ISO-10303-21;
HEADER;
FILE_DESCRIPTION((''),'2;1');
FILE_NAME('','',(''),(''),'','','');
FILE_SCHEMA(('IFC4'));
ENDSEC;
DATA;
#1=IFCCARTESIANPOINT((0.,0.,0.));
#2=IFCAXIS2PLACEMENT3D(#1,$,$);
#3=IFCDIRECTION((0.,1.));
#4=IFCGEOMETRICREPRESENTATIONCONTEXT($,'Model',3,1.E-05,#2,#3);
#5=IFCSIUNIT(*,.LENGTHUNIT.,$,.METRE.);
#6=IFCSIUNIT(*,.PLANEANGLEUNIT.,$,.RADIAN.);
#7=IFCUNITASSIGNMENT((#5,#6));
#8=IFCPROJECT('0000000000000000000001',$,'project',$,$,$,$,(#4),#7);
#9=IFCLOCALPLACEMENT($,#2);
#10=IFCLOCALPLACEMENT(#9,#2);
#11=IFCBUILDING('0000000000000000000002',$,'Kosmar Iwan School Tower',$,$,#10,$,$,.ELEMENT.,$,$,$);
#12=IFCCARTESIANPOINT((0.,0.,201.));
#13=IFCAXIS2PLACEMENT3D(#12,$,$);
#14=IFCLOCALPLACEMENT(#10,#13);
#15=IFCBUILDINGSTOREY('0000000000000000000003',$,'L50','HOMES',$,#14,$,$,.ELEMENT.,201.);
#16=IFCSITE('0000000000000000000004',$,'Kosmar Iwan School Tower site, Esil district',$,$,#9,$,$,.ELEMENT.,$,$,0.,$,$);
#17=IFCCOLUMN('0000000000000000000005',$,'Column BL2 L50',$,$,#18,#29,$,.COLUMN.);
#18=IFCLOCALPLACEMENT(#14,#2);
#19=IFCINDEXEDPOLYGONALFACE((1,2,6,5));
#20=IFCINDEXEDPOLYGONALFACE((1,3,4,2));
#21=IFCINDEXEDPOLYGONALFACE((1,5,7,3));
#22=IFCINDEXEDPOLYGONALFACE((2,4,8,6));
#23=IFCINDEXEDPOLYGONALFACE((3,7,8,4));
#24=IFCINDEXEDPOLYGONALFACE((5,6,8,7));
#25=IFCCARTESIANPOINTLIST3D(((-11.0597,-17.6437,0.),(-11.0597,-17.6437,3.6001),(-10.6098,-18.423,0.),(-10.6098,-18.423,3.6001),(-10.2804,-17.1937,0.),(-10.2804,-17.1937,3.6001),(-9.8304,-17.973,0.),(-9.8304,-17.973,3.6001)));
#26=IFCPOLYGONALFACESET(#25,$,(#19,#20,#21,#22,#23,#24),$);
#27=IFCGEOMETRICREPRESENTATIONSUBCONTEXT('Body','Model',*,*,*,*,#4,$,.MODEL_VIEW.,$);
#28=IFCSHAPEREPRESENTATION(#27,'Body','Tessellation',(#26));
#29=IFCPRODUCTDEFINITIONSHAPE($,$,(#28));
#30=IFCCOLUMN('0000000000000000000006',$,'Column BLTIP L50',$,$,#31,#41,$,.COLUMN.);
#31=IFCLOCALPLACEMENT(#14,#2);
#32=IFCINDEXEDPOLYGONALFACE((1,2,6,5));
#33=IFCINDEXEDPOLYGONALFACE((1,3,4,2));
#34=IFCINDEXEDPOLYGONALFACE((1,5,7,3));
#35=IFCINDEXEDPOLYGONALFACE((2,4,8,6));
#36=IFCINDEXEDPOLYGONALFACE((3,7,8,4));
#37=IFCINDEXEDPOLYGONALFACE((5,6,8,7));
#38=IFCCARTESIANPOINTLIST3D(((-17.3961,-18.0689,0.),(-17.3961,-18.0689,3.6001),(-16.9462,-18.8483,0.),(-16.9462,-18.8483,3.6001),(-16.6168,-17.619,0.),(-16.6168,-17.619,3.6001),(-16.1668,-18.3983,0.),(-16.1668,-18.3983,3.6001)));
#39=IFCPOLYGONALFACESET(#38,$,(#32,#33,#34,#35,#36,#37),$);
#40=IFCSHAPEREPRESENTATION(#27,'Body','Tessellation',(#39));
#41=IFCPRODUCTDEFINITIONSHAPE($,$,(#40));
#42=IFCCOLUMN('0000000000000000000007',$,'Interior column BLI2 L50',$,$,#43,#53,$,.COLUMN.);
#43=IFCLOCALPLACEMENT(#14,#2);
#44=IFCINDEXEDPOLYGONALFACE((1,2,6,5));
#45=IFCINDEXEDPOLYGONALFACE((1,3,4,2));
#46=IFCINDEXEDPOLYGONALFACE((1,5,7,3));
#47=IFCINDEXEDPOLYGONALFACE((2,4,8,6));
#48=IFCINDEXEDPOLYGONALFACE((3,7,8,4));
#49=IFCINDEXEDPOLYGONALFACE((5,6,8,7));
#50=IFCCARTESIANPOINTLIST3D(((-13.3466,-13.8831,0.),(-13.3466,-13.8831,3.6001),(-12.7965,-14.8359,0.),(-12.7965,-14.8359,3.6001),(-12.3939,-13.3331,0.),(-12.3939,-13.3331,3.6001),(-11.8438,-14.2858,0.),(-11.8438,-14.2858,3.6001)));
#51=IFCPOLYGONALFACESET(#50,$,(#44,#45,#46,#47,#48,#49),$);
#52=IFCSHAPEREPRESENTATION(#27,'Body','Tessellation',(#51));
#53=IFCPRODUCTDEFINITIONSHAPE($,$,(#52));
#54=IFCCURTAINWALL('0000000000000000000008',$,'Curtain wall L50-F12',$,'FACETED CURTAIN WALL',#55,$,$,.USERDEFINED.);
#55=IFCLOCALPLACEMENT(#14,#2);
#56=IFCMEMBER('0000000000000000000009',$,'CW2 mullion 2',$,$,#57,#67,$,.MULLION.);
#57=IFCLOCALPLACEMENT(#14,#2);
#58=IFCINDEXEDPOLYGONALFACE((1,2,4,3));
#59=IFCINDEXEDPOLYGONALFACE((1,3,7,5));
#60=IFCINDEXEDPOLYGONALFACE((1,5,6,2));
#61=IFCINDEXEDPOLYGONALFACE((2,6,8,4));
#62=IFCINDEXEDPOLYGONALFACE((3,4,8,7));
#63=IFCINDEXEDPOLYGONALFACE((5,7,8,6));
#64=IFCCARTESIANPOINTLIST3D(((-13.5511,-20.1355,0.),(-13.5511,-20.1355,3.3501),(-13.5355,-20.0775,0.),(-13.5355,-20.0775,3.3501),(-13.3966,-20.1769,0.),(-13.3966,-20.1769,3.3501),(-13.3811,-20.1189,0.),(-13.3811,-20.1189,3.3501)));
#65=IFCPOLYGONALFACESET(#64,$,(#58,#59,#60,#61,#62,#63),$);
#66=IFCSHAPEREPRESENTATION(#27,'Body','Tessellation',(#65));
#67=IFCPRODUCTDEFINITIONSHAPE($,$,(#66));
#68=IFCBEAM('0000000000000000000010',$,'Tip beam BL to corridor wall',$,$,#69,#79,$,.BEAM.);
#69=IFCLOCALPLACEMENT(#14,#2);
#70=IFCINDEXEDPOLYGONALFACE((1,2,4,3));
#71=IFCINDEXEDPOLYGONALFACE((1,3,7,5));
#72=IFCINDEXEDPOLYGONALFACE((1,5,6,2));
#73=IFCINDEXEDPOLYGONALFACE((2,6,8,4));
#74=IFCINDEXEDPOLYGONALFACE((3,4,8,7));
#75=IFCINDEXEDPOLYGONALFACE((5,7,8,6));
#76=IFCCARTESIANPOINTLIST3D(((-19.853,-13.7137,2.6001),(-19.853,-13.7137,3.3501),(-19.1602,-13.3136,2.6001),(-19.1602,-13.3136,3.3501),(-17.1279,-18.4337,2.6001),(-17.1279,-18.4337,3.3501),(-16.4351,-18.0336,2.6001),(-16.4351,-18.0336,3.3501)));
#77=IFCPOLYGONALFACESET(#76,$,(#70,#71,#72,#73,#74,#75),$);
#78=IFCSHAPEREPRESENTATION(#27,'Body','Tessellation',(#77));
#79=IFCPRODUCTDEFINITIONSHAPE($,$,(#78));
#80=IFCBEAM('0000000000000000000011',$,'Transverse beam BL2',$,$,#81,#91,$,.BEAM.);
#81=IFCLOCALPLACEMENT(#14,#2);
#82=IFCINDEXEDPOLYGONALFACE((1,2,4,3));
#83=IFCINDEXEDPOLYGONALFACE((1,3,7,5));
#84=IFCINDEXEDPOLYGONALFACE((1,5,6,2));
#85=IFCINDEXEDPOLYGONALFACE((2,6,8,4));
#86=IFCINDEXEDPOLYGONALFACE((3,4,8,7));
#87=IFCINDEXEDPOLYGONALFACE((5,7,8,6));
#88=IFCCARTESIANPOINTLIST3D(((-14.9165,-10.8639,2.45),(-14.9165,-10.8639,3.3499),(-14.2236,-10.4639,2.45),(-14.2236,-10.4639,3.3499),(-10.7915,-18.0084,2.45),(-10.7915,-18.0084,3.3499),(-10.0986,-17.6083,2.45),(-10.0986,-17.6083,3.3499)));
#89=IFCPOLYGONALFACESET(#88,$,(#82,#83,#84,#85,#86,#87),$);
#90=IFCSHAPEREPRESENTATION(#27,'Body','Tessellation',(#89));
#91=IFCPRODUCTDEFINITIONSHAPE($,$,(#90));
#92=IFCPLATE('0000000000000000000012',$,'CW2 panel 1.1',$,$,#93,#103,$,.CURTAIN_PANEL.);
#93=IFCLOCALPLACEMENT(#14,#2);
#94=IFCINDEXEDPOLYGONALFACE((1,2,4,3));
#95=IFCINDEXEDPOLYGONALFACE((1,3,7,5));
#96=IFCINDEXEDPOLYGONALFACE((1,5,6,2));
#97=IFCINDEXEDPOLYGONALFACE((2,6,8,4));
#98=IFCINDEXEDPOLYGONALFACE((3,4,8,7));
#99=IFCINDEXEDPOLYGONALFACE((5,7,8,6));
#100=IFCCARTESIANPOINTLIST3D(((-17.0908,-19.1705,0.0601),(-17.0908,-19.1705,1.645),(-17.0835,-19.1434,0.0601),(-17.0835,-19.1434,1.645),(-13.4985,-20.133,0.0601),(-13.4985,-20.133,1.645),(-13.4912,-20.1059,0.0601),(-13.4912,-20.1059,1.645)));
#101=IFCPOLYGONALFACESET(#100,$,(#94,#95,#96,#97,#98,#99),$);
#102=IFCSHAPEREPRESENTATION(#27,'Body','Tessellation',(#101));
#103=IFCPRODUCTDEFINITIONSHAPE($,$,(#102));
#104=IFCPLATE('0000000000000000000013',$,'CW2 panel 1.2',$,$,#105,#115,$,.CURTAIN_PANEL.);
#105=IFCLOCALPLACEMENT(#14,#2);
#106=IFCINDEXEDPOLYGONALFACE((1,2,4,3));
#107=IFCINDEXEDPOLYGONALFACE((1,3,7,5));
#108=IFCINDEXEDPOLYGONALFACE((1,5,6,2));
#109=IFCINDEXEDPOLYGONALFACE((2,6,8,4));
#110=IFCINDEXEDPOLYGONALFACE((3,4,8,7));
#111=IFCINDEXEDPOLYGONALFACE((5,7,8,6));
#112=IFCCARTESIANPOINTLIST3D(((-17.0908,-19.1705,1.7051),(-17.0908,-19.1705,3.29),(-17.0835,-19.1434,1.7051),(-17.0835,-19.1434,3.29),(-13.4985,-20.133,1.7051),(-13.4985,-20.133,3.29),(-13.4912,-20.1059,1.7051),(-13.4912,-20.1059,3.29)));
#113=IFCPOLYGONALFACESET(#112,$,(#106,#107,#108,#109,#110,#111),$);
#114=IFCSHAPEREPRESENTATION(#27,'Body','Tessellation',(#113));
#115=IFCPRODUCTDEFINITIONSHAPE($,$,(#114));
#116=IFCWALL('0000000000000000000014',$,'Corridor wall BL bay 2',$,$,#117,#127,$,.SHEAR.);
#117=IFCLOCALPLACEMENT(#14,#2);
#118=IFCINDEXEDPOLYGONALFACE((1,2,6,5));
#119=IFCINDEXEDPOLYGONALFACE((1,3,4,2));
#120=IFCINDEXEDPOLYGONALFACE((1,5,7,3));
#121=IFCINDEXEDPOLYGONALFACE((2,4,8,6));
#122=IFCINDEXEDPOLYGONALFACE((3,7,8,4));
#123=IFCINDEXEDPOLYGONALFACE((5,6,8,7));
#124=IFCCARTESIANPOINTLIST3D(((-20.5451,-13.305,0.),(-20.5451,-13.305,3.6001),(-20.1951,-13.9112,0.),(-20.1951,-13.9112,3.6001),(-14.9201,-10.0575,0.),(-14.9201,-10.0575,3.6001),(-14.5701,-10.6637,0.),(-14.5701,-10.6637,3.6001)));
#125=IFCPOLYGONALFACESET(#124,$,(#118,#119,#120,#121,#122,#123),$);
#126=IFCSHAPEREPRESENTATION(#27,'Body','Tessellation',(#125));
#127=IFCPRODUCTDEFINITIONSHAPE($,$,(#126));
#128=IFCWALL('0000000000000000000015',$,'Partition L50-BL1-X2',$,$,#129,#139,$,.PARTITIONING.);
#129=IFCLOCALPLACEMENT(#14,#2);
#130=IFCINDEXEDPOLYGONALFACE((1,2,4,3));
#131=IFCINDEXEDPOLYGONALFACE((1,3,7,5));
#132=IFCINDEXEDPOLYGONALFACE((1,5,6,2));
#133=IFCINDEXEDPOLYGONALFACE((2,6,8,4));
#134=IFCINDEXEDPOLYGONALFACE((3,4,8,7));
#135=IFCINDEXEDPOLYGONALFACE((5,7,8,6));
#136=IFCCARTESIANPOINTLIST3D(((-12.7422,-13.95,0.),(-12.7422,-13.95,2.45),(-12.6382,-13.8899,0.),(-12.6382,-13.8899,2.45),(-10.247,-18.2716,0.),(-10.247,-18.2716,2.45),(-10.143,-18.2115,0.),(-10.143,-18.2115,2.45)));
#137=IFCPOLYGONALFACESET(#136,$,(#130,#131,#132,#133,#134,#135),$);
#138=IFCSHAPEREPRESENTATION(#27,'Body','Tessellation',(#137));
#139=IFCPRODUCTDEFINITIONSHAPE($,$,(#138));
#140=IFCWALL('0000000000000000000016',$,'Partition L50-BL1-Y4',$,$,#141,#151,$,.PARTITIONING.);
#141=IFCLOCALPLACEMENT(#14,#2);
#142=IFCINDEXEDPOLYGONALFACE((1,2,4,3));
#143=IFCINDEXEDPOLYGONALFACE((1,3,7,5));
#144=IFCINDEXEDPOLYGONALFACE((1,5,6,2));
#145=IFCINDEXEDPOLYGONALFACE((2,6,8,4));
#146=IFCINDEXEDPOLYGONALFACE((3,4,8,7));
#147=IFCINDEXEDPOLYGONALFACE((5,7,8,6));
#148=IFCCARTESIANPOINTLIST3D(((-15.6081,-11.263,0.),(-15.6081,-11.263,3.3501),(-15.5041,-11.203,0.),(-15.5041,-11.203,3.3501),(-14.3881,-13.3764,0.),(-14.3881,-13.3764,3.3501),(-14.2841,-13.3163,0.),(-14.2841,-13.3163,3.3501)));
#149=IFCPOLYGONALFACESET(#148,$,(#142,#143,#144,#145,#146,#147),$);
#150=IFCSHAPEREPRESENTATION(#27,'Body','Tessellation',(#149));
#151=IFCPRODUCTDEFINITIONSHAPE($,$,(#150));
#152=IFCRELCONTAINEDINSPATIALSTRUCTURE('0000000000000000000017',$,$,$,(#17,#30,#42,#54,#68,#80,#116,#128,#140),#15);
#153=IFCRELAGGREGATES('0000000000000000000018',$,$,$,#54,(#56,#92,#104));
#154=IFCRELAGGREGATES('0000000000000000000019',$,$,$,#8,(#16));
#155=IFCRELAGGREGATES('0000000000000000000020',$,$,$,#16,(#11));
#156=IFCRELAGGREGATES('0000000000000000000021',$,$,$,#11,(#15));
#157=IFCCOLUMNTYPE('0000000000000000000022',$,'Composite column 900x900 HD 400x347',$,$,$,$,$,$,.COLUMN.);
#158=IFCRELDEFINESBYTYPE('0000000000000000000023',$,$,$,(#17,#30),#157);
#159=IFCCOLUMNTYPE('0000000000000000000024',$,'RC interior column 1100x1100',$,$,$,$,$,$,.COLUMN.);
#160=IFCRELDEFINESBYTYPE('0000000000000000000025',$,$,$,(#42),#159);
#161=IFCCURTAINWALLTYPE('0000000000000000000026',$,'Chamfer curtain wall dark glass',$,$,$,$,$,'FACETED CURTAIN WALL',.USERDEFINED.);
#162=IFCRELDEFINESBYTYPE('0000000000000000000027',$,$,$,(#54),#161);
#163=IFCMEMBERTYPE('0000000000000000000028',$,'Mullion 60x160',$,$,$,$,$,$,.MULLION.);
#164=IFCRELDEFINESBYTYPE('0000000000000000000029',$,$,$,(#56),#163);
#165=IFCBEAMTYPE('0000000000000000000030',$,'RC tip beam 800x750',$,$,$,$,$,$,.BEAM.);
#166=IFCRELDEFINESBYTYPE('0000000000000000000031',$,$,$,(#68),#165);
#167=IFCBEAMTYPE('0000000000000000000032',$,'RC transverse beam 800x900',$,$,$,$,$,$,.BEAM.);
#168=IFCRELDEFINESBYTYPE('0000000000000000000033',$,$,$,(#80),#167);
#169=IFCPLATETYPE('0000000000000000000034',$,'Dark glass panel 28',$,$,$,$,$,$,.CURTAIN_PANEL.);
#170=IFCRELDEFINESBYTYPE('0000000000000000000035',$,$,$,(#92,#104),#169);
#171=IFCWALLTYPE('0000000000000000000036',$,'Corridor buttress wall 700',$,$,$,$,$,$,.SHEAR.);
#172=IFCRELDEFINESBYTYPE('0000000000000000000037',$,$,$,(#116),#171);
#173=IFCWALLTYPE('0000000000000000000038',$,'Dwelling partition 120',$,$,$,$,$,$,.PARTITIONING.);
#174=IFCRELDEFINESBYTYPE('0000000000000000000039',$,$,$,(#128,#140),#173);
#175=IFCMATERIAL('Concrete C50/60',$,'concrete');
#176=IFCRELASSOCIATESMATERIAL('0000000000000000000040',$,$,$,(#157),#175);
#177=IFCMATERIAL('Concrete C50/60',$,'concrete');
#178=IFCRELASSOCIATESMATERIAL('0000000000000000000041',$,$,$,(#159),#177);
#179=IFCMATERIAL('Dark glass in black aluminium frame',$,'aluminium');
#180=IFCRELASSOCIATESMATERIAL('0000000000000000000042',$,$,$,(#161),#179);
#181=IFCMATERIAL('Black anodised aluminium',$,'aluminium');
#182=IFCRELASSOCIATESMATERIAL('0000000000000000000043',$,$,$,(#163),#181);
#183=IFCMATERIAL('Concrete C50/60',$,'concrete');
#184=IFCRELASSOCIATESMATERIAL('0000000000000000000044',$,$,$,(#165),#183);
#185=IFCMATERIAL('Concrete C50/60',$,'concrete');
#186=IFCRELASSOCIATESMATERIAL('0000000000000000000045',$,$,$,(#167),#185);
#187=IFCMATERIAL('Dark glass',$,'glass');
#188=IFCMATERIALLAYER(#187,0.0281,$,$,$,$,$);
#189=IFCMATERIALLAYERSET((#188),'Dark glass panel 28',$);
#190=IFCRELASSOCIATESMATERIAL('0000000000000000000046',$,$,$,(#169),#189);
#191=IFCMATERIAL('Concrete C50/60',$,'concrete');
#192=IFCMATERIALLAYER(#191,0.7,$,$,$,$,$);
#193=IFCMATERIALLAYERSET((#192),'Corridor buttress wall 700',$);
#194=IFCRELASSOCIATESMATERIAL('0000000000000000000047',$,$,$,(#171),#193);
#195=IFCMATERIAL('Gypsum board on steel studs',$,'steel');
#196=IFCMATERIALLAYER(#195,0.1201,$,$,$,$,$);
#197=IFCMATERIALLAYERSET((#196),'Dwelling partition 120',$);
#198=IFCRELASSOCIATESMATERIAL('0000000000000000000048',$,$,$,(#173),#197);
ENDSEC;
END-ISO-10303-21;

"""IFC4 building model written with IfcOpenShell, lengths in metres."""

from ifc_helpers import new_model, si_unit, direction, frame, frame_2d, origin, origin_2d, place, context, subcontext, project, spatial, rectangle, extrude, material, layer, layer_set, material_profile, profile_set, type_object, element, aggregate, save


model = new_model("IFC4")

# Units and contexts
model_context = context("Model", 3, precision=1e-05, world=origin(), true_north=direction((0.0, 1.0)))
body_context = subcontext(model_context, "Body", "Model", "MODEL_VIEW")
ifc_project = project(units=[si_unit("LENGTHUNIT", "METRE"), si_unit("PLANEANGLEUNIT", "RADIAN")], contexts=[model_context])

# Site, building, storey
site_placement = place(None, origin())
site = spatial("IfcSite", under=ifc_project, at=site_placement, Name="Kosmar Iwan School Tower site, Esil district", CompositionType="ELEMENT", RefElevation=0.0)
building_placement = place(site_placement, origin())
building = spatial("IfcBuilding", under=site, at=building_placement, Name="Kosmar Iwan School Tower", CompositionType="ELEMENT")
storey_placement = place(building_placement, frame((0.0, 0.0, 201.0)))
storey = spatial("IfcBuildingStorey", under=building, at=storey_placement, Name="L50", Description="HOMES", CompositionType="ELEMENT", Elevation=201.0)

# Columns
ifc_material_1 = material(Name="Concrete C50/60", Category="concrete")
ifc_material_profile_1 = material_profile(ifc_material_1, rectangle(XDim=0.8999, YDim=0.8999, at=origin_2d()), Name="RC 900x900 + HD 400x347")
ifc_profile_set_1 = profile_set([ifc_material_profile_1], Name="Concrete C50/60")
column_type_1 = type_object("IfcColumnType", Name="Composite column 900x900 HD 400x347", PredefinedType="COLUMN", material=ifc_profile_set_1)
for number, where, z_axis, x_axis, name in (
    (1, (-10.4451, -17.8083, 0.0), (0.0, 0.0, 1.0), (-0.866025, -0.5, 0.0), "Column BL2 L50"),
    (2, (-16.7815, -18.2336, 0.0), (0.0, 0.0, 1.0), (-0.866025, -0.5, 0.0), "Column BLTIP L50"),
):
    element("IfcColumn", number, at=place(storey_placement, frame(where, z_axis=z_axis, x_axis=x_axis)), inside=storey, type_object=column_type_1, Name=name, PredefinedType="COLUMN", context=body_context, shape_type="SweptSolid", body=[
        extrude(rectangle(XDim=0.8999, YDim=0.8999, at=origin_2d()), origin(), (0.0, 0.0, 1.0), 3.6001),
    ])
ifc_material_2 = material(Name="Concrete C50/60", Category="concrete")
ifc_material_profile_2 = material_profile(ifc_material_2, rectangle(XDim=1.1001, YDim=1.1001, at=origin_2d()), Name="RC 1100x1100")
ifc_profile_set_2 = profile_set([ifc_material_profile_2], Name="Concrete C50/60")
column_type_2 = type_object("IfcColumnType", Name="RC interior column 1100x1100", PredefinedType="COLUMN", material=ifc_profile_set_2)
column_placement = place(storey_placement, frame((-12.5952, -14.0845, 0.0), z_axis=(0.0, 0.0, 1.0), x_axis=(-0.866025, -0.5, 0.0)))
element("IfcColumn", 3, at=column_placement, inside=storey, type_object=column_type_2, Name="Interior column BLI2 L50", PredefinedType="COLUMN", context=body_context, shape_type="SweptSolid", body=[
    extrude(rectangle(XDim=1.1001, YDim=1.1001, at=origin_2d()), origin(), (0.0, 0.0, 1.0), 3.6001),
])

# Curtain wall, member
ifc_material_3 = material(Name="Dark glass in black aluminium frame", Category="aluminium")
curtain_wall_type = type_object("IfcCurtainWallType", Name="Chamfer curtain wall dark glass", ElementType="FACETED CURTAIN WALL", PredefinedType="USERDEFINED", material=ifc_material_3)
curtain_wall_placement = place(storey_placement, origin())
curtain_wall = element("IfcCurtainWall", 4, at=curtain_wall_placement, inside=storey, type_object=curtain_wall_type, Name="Curtain wall L50-F12", ObjectType="FACETED CURTAIN WALL", PredefinedType="USERDEFINED")
ifc_material_4 = material(Name="Black anodised aluminium", Category="aluminium")
ifc_material_profile_3 = material_profile(ifc_material_4, rectangle(XDim=0.0601, YDim=0.1599, at=origin_2d()), Name="MULLION 60x160")
ifc_profile_set_3 = profile_set([ifc_material_profile_3], Name="Black anodised aluminium")
member_type = type_object("IfcMemberType", Name="Mullion 60x160", PredefinedType="MULLION", material=ifc_profile_set_3)
member_placement = place(storey_placement, frame((-13.4661, -20.1272, 0.0), z_axis=(0.0, 0.0, 1.0), x_axis=(0.258819, 0.965926, 0.0)))
member = element("IfcMember", 5, at=member_placement, type_object=member_type, Name="CW2 mullion 2", PredefinedType="MULLION", context=body_context, shape_type="SweptSolid", body=[
    extrude(rectangle(XDim=0.0601, YDim=0.1599, at=origin_2d()), origin(), (0.0, 0.0, 1.0), 3.3501),
])

# Beams
ifc_material_5 = material(Name="Concrete C50/60", Category="concrete")
ifc_material_profile_4 = material_profile(ifc_material_5, rectangle(XDim=0.8, YDim=0.75, at=origin_2d()), Name="RC 800x750")
ifc_profile_set_4 = profile_set([ifc_material_profile_4], Name="Concrete C50/60")
beam_type_1 = type_object("IfcBeamType", Name="RC tip beam 800x750", PredefinedType="BEAM", material=ifc_profile_set_4)
beam_1_placement = place(storey_placement, frame((-16.7815, -18.2336, 2.9751), z_axis=(-0.500003, 0.866024, 0.0), x_axis=(-0.866024, -0.500003, 0.0)))
element("IfcBeam", 6, at=beam_1_placement, inside=storey, type_object=beam_type_1, Name="Tip beam BL to corridor wall", PredefinedType="BEAM", context=body_context, shape_type="SweptSolid", body=[
    extrude(rectangle(XDim=0.8, YDim=0.75, at=origin_2d()), origin(), (0.0, 0.0, 1.0), 5.4502),
])
ifc_material_6 = material(Name="Concrete C50/60", Category="concrete")
ifc_material_profile_5 = material_profile(ifc_material_6, rectangle(XDim=0.8, YDim=0.8999, at=origin_2d()), Name="RC 800x900")
ifc_profile_set_5 = profile_set([ifc_material_profile_5], Name="Concrete C50/60")
beam_type_2 = type_object("IfcBeamType", Name="RC transverse beam 800x900", PredefinedType="BEAM", material=ifc_profile_set_5)
beam_2_placement = place(storey_placement, frame((-10.4451, -17.8083, 2.8999), z_axis=(-0.500009, 0.86602, 0.0), x_axis=(-0.86602, -0.500009, 0.0)))
element("IfcBeam", 7, at=beam_2_placement, inside=storey, type_object=beam_type_2, Name="Transverse beam BL2", PredefinedType="BEAM", context=body_context, shape_type="SweptSolid", body=[
    extrude(rectangle(XDim=0.8, YDim=0.8999, at=origin_2d()), origin(), (0.0, 0.0, 1.0), 8.2498),
])

# Plates
ifc_material_7 = material(Name="Dark glass", Category="glass")
ifc_layer_1 = layer(ifc_material_7, 0.0281)
ifc_layer_set_1 = layer_set([ifc_layer_1], Name="Dark glass panel 28")
plate_type = type_object("IfcPlateType", Name="Dark glass panel 28", PredefinedType="CURTAIN_PANEL", material=ifc_layer_set_1)
plate_1_placement = place(storey_placement, frame((-15.291, -19.6382, 0.0601), z_axis=(0.0, 0.0, 1.0), x_axis=(0.965926, -0.258819, 0.0)))
plate_1 = element("IfcPlate", 8, at=plate_1_placement, type_object=plate_type, Name="CW2 panel 1.1", PredefinedType="CURTAIN_PANEL", context=body_context, shape_type="SweptSolid", body=[
    extrude(rectangle(XDim=3.719, YDim=0.0281, at=origin_2d()), origin(), (0.0, 0.0, 1.0), 1.585),
])
plate_2_placement = place(storey_placement, frame((-15.291, -19.6382, 1.7051), z_axis=(0.0, 0.0, 1.0), x_axis=(0.965926, -0.258819, 0.0)))
plate_2 = element("IfcPlate", 9, at=plate_2_placement, type_object=plate_type, Name="CW2 panel 1.2", PredefinedType="CURTAIN_PANEL", context=body_context, shape_type="SweptSolid", body=[
    extrude(rectangle(XDim=3.719, YDim=0.0281, at=origin_2d()), origin(), (0.0, 0.0, 1.0), 1.585),
])
aggregate(curtain_wall, [member, plate_1, plate_2])

# Walls
ifc_material_8 = material(Name="Concrete C50/60", Category="concrete")
ifc_layer_2 = layer(ifc_material_8, 0.7)
ifc_layer_set_2 = layer_set([ifc_layer_2], Name="Corridor buttress wall 700")
wall_type_1 = type_object("IfcWallType", Name="Corridor buttress wall 700", PredefinedType="SHEAR", material=ifc_layer_set_2)
wall_1_placement = place(storey_placement, frame((-14.7451, -10.3606, 0.0), z_axis=(0.0, 0.0, 1.0), x_axis=(-0.866028, -0.499996, 0.0)))
element("IfcWall", 10, at=wall_1_placement, inside=storey, type_object=wall_type_1, Name="Corridor wall BL bay 2", PredefinedType="SHEAR", context=body_context, shape_type="SweptSolid", body=[
    extrude(rectangle(XDim=6.4951, YDim=0.7, at=frame_2d((3.2476, 0.0))), origin(), (0.0, 0.0, 1.0), 3.6001),
])
ifc_material_9 = material(Name="Gypsum board on steel studs", Category="steel")
ifc_layer_3 = layer(ifc_material_9, 0.1201)
ifc_layer_set_3 = layer_set([ifc_layer_3], Name="Dwelling partition 120")
wall_type_2 = type_object("IfcWallType", Name="Dwelling partition 120", PredefinedType="PARTITIONING", material=ifc_layer_set_3)
wall_2_placement = place(storey_placement, frame((-12.6902, -13.9199, 0.0), z_axis=(0.0, 0.0, 1.0), x_axis=(0.500012, -0.866019, 0.0)))
element("IfcWall", 11, at=wall_2_placement, inside=storey, type_object=wall_type_2, Name="Partition L50-BL1-X2", PredefinedType="PARTITIONING", context=body_context, shape_type="SweptSolid", body=[
    extrude(rectangle(XDim=4.9902, YDim=0.1201, at=frame_2d((2.4951, 0.0))), origin(), (0.0, 0.0, 1.0), 2.45),
])
wall_3_placement = place(storey_placement, frame((-15.5562, -11.2329, 0.0), z_axis=(0.0, 0.0, 1.0), x_axis=(0.499959, -0.866049, 0.0)))
element("IfcWall", 12, at=wall_3_placement, inside=storey, type_object=wall_type_2, Name="Partition L50-BL1-Y4", PredefinedType="PARTITIONING", context=body_context, shape_type="SweptSolid", body=[
    extrude(rectangle(XDim=2.4402, YDim=0.1201, at=frame_2d((1.2202, 0.0))), origin(), (0.0, 0.0, 1.0), 3.3501),
])

save(model, "model.ifc")
